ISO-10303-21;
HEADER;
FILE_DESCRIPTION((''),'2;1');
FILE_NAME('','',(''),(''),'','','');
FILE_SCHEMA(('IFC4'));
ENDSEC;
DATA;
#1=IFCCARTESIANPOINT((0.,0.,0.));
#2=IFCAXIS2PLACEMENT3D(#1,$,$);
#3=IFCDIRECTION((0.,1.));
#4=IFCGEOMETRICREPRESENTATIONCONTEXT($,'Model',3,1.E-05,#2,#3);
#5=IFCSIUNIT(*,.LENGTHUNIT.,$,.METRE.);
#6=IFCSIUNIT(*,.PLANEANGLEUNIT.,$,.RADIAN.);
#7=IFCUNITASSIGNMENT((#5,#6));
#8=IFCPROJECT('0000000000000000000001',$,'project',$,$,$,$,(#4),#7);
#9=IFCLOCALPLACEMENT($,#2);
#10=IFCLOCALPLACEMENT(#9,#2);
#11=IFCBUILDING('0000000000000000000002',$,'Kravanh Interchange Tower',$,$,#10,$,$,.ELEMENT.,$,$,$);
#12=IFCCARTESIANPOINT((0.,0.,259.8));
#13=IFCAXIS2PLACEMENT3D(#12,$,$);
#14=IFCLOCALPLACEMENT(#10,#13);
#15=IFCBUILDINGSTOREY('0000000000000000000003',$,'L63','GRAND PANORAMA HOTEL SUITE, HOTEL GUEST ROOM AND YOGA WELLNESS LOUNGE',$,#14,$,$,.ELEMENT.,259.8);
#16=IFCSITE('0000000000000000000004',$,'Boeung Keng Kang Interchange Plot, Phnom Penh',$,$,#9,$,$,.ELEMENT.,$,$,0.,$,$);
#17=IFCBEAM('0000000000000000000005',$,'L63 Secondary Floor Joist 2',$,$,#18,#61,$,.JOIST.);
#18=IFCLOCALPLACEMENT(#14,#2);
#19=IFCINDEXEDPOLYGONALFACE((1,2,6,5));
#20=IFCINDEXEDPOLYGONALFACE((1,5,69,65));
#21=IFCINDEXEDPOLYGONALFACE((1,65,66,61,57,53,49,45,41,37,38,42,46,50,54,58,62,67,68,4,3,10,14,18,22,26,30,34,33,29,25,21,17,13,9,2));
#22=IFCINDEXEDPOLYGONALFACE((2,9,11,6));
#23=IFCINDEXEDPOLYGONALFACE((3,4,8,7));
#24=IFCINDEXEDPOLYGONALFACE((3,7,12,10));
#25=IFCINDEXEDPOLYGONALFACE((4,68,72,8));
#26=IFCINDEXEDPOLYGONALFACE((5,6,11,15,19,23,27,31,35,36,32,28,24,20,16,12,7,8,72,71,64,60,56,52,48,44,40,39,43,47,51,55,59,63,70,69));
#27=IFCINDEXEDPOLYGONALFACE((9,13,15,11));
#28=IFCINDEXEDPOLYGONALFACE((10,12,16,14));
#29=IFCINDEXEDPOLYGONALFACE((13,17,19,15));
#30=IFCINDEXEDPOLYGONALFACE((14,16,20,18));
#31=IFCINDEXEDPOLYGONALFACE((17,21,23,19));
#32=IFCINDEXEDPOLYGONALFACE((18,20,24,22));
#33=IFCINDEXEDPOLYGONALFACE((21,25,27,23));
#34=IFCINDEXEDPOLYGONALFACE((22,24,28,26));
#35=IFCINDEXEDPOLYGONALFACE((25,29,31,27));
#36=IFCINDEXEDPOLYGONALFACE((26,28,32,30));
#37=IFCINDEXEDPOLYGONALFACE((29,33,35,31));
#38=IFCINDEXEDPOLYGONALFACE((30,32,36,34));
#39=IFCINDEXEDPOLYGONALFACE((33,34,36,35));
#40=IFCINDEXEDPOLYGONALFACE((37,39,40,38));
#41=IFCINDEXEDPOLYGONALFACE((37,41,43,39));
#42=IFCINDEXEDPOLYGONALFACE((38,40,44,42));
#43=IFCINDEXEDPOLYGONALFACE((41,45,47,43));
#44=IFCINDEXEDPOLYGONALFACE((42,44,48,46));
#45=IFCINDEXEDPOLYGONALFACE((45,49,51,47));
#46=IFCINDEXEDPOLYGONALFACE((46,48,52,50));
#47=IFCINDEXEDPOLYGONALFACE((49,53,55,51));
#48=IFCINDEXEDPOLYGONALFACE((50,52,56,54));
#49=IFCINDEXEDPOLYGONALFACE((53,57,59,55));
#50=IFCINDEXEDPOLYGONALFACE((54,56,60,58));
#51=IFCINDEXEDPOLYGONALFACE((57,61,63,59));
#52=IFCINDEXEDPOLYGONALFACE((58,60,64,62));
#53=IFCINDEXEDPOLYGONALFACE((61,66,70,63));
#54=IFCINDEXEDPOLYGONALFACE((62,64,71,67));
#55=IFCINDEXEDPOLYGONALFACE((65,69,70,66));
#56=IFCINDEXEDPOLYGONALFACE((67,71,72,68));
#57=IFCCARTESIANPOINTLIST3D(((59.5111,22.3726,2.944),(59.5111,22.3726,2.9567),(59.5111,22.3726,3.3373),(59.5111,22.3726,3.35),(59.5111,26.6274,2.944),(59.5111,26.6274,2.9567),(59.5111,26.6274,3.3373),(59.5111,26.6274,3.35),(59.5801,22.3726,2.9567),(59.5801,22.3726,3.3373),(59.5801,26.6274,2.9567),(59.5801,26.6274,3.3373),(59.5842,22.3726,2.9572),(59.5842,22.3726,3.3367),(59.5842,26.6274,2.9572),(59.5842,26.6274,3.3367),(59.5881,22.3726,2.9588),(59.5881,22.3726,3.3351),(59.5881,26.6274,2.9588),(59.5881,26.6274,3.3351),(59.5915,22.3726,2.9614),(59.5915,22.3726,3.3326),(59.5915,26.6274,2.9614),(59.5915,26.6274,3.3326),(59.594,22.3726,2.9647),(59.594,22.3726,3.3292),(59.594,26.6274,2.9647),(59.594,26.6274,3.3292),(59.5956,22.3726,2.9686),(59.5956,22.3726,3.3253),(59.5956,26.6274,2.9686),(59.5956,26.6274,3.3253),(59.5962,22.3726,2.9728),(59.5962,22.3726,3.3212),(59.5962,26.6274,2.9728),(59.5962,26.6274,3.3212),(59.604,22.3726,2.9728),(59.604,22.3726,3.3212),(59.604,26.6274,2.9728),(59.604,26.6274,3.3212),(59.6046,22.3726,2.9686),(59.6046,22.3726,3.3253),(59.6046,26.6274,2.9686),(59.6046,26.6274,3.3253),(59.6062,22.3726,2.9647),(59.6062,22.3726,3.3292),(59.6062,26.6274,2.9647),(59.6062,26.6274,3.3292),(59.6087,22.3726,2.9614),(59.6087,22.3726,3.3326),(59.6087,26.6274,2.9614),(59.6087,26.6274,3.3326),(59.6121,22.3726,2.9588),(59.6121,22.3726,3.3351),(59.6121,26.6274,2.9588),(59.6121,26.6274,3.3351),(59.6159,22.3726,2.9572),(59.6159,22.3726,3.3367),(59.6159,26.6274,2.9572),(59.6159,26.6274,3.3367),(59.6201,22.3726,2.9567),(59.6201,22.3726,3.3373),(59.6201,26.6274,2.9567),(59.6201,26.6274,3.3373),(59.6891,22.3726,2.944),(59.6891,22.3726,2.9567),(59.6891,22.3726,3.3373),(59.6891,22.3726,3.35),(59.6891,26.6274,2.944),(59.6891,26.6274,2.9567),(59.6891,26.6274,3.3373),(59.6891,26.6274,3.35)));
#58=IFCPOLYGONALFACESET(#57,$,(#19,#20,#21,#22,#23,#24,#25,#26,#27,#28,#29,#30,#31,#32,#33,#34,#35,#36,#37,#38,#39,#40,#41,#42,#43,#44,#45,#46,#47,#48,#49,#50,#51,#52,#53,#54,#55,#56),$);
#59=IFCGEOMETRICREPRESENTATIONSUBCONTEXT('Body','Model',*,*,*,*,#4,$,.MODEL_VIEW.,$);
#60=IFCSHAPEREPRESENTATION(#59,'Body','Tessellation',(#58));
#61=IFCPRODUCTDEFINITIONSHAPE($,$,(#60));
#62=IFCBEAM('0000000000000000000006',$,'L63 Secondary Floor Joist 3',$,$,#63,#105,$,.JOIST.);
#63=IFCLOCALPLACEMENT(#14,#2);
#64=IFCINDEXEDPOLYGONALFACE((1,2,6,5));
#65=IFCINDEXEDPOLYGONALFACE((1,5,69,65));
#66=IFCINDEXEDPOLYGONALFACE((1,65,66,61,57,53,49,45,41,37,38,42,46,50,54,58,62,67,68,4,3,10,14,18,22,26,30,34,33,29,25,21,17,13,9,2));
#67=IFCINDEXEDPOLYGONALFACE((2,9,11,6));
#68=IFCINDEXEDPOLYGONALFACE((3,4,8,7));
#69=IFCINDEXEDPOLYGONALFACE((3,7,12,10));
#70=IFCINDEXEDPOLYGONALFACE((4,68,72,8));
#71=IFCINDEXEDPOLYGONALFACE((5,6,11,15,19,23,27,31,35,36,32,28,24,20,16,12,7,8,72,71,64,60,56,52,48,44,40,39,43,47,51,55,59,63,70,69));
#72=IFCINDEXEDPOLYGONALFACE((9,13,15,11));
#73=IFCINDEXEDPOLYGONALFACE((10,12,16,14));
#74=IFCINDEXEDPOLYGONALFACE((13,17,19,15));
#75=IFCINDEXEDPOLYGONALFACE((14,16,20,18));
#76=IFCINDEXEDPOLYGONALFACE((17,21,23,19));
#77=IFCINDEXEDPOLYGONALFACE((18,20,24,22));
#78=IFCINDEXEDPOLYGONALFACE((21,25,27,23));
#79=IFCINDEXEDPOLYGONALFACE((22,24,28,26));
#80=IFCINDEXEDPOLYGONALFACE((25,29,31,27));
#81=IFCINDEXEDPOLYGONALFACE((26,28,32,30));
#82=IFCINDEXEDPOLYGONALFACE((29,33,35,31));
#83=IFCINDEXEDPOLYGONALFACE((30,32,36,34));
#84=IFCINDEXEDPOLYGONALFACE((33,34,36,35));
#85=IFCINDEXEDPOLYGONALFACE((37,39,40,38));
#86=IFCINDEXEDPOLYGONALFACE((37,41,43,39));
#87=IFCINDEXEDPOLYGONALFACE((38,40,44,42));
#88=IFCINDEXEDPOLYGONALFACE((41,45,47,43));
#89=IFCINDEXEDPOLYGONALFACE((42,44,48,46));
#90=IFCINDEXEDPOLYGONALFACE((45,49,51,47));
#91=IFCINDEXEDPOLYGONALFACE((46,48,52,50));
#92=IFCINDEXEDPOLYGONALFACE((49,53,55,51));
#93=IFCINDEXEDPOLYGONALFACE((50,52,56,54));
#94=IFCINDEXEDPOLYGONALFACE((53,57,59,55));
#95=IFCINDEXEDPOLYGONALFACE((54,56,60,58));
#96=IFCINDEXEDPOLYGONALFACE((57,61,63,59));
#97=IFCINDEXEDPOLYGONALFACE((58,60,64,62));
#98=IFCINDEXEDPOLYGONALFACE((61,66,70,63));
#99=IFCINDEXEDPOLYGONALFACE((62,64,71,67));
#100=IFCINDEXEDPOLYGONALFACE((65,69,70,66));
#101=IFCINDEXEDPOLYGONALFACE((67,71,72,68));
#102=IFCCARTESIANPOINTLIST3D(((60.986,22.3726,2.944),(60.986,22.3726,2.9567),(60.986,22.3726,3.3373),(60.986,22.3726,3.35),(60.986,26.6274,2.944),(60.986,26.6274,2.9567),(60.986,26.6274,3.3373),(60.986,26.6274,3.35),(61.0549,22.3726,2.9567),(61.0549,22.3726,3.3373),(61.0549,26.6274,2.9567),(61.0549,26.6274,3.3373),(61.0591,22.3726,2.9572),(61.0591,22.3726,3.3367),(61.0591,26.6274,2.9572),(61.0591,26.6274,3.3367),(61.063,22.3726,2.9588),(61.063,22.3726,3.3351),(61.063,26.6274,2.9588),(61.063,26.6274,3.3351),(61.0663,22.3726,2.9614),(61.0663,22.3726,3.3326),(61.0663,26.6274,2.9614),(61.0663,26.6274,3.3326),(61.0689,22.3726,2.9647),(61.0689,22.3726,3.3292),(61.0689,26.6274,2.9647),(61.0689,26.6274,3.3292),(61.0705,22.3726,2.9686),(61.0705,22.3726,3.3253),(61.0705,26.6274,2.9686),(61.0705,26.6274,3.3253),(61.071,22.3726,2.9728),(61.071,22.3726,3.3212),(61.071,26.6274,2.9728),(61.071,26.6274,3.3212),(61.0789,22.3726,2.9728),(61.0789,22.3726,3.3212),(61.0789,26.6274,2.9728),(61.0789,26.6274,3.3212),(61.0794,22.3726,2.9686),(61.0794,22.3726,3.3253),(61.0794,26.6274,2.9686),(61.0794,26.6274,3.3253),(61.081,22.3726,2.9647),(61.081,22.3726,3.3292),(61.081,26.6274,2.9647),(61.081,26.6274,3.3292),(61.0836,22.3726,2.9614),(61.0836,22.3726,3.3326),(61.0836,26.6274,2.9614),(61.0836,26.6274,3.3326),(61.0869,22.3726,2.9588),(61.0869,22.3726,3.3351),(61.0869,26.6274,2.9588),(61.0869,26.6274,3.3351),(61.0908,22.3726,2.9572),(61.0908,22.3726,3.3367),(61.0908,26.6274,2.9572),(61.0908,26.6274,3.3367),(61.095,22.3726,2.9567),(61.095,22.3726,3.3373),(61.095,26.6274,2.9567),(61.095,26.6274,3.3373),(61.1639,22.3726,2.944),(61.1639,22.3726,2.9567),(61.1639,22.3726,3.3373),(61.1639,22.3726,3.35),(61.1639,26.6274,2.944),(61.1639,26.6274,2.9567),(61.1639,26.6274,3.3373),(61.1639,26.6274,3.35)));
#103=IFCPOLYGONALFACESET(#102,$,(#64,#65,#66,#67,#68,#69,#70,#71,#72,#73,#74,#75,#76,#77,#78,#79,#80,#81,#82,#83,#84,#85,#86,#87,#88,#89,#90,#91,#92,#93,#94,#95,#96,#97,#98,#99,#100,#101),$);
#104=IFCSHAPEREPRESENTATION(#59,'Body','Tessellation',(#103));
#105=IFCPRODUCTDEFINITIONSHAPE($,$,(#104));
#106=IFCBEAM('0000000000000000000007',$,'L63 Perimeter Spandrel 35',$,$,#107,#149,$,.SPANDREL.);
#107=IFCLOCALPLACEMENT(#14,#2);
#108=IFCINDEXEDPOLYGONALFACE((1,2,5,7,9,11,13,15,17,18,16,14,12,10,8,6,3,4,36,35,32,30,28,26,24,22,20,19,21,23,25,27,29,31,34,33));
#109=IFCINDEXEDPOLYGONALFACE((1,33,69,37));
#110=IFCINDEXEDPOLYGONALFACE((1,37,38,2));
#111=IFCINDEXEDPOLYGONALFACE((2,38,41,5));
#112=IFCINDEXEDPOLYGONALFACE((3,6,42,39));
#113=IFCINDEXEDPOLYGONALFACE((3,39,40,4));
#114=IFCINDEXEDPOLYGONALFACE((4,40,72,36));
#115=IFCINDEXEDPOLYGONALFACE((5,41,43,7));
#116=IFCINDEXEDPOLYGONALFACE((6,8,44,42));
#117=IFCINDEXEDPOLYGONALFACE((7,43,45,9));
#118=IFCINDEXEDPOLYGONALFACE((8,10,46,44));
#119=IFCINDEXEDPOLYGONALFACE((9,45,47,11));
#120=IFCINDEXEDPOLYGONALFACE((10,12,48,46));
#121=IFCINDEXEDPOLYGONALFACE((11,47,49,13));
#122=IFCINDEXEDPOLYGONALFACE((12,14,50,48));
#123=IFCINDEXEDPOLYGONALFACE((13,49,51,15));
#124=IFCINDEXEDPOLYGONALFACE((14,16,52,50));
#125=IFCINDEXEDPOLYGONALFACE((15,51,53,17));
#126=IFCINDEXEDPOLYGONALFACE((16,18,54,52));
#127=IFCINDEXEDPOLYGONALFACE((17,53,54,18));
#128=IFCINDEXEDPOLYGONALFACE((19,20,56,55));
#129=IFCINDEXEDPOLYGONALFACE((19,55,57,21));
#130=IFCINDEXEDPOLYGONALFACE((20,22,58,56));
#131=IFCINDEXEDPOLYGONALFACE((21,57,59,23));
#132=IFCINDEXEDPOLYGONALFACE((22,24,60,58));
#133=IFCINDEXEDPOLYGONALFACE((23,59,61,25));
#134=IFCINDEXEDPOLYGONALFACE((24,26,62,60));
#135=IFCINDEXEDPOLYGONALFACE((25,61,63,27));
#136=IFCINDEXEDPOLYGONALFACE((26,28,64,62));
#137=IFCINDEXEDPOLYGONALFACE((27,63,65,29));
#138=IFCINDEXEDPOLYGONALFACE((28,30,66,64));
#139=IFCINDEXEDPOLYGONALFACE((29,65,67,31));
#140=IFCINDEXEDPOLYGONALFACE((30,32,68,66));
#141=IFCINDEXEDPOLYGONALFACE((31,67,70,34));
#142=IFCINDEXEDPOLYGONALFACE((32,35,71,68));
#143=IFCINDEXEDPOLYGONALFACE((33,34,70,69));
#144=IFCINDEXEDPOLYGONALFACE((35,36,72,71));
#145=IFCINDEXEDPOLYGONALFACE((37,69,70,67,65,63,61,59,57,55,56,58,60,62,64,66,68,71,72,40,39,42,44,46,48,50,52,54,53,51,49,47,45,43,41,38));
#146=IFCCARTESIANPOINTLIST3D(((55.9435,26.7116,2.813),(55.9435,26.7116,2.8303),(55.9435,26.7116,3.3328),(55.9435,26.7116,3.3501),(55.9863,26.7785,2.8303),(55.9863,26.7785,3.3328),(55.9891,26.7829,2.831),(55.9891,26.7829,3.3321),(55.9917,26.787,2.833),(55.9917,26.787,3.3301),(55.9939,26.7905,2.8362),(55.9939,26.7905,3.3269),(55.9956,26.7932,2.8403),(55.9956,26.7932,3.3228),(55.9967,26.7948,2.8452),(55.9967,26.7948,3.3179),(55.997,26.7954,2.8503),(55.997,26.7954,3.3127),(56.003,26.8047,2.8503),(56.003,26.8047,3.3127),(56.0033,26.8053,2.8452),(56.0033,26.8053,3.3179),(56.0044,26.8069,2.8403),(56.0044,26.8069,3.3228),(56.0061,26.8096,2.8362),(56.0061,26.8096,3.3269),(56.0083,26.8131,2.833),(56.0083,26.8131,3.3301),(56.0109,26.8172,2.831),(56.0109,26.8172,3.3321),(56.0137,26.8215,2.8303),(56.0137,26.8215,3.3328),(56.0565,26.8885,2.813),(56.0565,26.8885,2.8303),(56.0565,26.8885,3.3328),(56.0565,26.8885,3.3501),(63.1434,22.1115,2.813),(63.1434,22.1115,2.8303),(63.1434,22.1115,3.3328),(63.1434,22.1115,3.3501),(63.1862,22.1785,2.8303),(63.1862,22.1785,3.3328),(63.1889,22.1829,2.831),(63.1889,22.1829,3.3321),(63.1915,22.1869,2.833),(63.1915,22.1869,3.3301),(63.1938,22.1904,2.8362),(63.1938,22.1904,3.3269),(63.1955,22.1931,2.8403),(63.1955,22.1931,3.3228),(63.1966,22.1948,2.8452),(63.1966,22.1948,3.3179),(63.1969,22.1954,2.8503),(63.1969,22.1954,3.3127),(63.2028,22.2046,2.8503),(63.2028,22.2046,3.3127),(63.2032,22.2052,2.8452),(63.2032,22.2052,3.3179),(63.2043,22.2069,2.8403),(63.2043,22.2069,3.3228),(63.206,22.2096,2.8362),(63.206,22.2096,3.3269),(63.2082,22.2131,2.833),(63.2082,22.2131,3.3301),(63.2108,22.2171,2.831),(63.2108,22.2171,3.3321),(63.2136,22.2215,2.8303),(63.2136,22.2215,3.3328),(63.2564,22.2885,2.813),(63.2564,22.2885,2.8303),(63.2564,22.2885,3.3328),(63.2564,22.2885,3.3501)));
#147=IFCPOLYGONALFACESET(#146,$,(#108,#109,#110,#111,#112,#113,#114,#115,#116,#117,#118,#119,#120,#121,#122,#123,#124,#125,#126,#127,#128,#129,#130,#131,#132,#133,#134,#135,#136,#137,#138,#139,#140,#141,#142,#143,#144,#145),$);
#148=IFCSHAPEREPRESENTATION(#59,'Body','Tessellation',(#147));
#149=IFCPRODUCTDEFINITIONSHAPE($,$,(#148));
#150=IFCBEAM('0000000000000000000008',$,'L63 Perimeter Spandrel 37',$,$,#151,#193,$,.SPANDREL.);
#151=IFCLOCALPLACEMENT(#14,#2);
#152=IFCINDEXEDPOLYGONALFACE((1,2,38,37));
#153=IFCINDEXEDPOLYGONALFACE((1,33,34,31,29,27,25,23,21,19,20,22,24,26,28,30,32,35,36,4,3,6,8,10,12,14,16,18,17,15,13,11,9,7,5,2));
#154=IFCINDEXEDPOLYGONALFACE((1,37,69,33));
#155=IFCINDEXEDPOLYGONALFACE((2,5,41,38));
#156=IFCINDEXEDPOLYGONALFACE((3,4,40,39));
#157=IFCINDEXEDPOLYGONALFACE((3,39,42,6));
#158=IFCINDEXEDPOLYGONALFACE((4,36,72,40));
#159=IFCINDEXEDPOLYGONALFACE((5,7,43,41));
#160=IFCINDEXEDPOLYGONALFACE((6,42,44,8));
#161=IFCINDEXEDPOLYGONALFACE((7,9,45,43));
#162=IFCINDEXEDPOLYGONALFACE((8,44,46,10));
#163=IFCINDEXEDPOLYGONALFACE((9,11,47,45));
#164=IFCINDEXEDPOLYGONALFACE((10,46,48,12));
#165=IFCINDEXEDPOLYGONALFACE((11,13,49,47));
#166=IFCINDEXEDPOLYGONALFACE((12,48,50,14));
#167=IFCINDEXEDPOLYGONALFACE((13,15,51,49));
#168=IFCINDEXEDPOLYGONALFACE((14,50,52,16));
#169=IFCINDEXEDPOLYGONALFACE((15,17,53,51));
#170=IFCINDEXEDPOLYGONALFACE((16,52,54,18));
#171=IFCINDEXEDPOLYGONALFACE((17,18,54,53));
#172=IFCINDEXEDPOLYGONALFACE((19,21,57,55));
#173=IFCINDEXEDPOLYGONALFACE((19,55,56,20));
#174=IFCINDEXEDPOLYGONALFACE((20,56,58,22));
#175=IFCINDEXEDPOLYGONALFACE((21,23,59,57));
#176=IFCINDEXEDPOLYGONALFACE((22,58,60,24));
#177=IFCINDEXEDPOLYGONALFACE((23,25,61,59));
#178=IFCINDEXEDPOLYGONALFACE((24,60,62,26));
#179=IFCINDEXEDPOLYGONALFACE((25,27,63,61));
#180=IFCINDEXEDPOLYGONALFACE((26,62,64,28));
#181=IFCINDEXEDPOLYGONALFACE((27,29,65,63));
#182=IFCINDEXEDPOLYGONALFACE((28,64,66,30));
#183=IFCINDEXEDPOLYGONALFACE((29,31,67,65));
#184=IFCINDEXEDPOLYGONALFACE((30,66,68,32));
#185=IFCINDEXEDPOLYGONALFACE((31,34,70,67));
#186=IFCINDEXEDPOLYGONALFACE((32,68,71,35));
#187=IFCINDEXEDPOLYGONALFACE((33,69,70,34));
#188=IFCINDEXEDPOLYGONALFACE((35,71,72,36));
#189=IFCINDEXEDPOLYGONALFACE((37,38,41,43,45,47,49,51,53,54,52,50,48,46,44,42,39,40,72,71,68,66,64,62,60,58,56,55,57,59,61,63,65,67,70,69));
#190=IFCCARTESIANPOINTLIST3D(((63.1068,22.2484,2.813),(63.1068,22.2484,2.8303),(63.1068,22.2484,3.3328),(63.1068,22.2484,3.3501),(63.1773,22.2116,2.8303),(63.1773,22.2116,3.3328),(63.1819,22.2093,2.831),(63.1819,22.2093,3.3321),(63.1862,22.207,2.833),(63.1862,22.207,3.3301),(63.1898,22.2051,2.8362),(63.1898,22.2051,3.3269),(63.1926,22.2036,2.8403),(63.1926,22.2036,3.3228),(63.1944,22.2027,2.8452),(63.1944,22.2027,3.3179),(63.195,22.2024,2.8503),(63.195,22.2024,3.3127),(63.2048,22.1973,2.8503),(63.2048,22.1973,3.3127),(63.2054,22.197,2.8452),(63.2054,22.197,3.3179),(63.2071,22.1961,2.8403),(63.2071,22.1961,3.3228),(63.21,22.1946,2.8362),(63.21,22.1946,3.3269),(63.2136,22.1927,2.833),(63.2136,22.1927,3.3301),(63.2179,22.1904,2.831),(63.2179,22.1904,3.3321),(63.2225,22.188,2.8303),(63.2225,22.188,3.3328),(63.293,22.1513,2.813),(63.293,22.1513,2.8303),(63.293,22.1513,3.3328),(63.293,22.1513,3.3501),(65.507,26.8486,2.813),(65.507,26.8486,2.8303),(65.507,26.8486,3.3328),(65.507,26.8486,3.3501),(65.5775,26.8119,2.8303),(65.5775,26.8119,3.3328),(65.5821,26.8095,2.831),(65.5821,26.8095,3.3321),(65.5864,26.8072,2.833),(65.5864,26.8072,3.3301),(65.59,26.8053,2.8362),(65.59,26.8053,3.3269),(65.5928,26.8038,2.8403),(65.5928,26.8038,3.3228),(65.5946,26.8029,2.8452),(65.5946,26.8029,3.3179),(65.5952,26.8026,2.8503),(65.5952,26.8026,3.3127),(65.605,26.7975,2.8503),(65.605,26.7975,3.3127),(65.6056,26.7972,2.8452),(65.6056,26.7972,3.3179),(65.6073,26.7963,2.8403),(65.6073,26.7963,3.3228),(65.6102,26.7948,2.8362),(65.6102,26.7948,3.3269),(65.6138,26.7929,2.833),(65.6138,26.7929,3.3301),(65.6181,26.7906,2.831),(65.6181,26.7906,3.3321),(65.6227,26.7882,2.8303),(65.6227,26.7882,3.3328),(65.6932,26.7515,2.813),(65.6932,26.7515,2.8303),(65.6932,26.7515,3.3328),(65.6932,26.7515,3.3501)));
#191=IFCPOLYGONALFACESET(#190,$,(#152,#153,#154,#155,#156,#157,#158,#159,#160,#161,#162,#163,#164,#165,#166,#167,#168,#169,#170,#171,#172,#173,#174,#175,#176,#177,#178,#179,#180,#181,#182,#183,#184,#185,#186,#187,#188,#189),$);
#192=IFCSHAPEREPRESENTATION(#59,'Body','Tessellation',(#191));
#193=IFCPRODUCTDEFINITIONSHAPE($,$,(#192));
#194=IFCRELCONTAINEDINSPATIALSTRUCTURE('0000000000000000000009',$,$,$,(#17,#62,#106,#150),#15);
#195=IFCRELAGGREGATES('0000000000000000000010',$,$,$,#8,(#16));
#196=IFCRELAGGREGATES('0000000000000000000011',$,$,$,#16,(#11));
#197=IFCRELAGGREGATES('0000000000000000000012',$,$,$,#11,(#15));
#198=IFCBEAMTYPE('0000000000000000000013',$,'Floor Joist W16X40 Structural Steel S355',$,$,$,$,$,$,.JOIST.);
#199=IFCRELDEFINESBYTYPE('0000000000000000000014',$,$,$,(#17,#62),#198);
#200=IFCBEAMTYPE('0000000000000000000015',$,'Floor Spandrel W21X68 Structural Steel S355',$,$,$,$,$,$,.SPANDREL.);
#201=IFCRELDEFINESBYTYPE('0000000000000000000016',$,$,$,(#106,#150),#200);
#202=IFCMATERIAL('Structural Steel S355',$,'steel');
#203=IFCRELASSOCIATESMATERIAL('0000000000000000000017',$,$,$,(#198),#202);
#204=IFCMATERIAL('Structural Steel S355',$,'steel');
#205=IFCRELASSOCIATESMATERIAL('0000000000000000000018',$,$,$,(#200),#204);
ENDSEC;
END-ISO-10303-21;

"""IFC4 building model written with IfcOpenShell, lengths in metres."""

from ifc_helpers import new_model, si_unit, direction, frame, origin, origin_2d, place, context, subcontext, project, spatial, i_section, extrude, material, material_profile, profile_set, type_object, element, save


model = new_model("IFC4")

# Units and contexts
model_context = context("Model", 3, precision=1e-05, world=origin(), true_north=direction((0.0, 1.0)))
body_context = subcontext(model_context, "Body", "Model", "MODEL_VIEW")
ifc_project = project(units=[si_unit("LENGTHUNIT", "METRE"), si_unit("PLANEANGLEUNIT", "RADIAN")], contexts=[model_context])

# Site, building, storey
site_placement = place(None, origin())
site = spatial("IfcSite", under=ifc_project, at=site_placement, Name="Boeung Keng Kang Interchange Plot, Phnom Penh", CompositionType="ELEMENT", RefElevation=0.0)
building_placement = place(site_placement, origin())
building = spatial("IfcBuilding", under=site, at=building_placement, Name="Kravanh Interchange Tower", CompositionType="ELEMENT")
storey_placement = place(building_placement, frame((0.0, 0.0, 259.8)))
storey = spatial("IfcBuildingStorey", under=building, at=storey_placement, Name="L63", Description="GRAND PANORAMA HOTEL SUITE, HOTEL GUEST ROOM AND YOGA WELLNESS LOUNGE", CompositionType="ELEMENT", Elevation=259.8)

# Beams
ifc_material_1 = material(Name="Structural Steel S355", Category="steel")
ifc_material_profile_1 = material_profile(ifc_material_1, i_section(OverallWidth=0.178, OverallDepth=0.406, WebThickness=0.0078, FlangeThickness=0.0127, FilletRadius=0.0161, at=origin_2d()), Name="W16X40")
ifc_profile_set_1 = profile_set([ifc_material_profile_1], Name="Structural Steel S355")
beam_type_1 = type_object("IfcBeamType", Name="Floor Joist W16X40 Structural Steel S355", PredefinedType="JOIST", material=ifc_profile_set_1)
for number, where, z_axis, x_axis, name in (
    (1, (59.6001, 22.3726, 3.147), (0.0, 1.0, 0.0), (-1.0, 0.0, 0.0), "L63 Secondary Floor Joist 2"),
    (2, (61.075, 22.3726, 3.147), (0.0, 1.0, 0.0), (-1.0, 0.0, 0.0), "L63 Secondary Floor Joist 3"),
):
    element("IfcBeam", number, at=place(storey_placement, frame(where, z_axis=z_axis, x_axis=x_axis)), inside=storey, type_object=beam_type_1, Name=name, PredefinedType="JOIST", context=body_context, shape_type="SweptSolid", body=[
        extrude(i_section(OverallWidth=0.178, OverallDepth=0.406, WebThickness=0.0078, FlangeThickness=0.0127, FilletRadius=0.0161, at=origin_2d()), origin(), (0.0, 0.0, 1.0), 4.2549),
    ])
ifc_material_2 = material(Name="Structural Steel S355", Category="steel")
ifc_material_profile_2 = material_profile(ifc_material_2, i_section(OverallWidth=0.21, OverallDepth=0.5371, WebThickness=0.011, FlangeThickness=0.0173, FilletRadius=0.02, at=origin_2d()), Name="W21X68")
ifc_profile_set_2 = profile_set([ifc_material_profile_2], Name="Structural Steel S355")
beam_type_2 = type_object("IfcBeamType", Name="Floor Spandrel W21X68 Structural Steel S355", PredefinedType="SPANDREL", material=ifc_profile_set_2)
beam_1_placement = place(storey_placement, frame((56.0, 26.8, 3.0815), z_axis=(0.842689, -0.5384, 0.0), x_axis=(0.5384, 0.842689, 0.0)))
element("IfcBeam", 3, at=beam_1_placement, inside=storey, type_object=beam_type_2, Name="L63 Perimeter Spandrel 35", PredefinedType="SPANDREL", context=body_context, shape_type="SweptSolid", body=[
    extrude(i_section(OverallWidth=0.21, OverallDepth=0.5371, WebThickness=0.011, FlangeThickness=0.0173, FilletRadius=0.02, at=origin_2d()), origin(), (0.0, 0.0, 1.0), 8.5439),
])
beam_2_placement = place(storey_placement, frame((65.6001, 26.8, 3.0815), z_axis=(-0.46258, -0.886577, 0.0), x_axis=(0.886577, -0.46258, 0.0)))
element("IfcBeam", 4, at=beam_2_placement, inside=storey, type_object=beam_type_2, Name="L63 Perimeter Spandrel 37", PredefinedType="SPANDREL", context=body_context, shape_type="SweptSolid", body=[
    extrude(i_section(OverallWidth=0.21, OverallDepth=0.5371, WebThickness=0.011, FlangeThickness=0.0173, FilletRadius=0.02, at=origin_2d()), origin(), (0.0, 0.0, 1.0), 5.1887),
])

save(model, "model.ifc")
